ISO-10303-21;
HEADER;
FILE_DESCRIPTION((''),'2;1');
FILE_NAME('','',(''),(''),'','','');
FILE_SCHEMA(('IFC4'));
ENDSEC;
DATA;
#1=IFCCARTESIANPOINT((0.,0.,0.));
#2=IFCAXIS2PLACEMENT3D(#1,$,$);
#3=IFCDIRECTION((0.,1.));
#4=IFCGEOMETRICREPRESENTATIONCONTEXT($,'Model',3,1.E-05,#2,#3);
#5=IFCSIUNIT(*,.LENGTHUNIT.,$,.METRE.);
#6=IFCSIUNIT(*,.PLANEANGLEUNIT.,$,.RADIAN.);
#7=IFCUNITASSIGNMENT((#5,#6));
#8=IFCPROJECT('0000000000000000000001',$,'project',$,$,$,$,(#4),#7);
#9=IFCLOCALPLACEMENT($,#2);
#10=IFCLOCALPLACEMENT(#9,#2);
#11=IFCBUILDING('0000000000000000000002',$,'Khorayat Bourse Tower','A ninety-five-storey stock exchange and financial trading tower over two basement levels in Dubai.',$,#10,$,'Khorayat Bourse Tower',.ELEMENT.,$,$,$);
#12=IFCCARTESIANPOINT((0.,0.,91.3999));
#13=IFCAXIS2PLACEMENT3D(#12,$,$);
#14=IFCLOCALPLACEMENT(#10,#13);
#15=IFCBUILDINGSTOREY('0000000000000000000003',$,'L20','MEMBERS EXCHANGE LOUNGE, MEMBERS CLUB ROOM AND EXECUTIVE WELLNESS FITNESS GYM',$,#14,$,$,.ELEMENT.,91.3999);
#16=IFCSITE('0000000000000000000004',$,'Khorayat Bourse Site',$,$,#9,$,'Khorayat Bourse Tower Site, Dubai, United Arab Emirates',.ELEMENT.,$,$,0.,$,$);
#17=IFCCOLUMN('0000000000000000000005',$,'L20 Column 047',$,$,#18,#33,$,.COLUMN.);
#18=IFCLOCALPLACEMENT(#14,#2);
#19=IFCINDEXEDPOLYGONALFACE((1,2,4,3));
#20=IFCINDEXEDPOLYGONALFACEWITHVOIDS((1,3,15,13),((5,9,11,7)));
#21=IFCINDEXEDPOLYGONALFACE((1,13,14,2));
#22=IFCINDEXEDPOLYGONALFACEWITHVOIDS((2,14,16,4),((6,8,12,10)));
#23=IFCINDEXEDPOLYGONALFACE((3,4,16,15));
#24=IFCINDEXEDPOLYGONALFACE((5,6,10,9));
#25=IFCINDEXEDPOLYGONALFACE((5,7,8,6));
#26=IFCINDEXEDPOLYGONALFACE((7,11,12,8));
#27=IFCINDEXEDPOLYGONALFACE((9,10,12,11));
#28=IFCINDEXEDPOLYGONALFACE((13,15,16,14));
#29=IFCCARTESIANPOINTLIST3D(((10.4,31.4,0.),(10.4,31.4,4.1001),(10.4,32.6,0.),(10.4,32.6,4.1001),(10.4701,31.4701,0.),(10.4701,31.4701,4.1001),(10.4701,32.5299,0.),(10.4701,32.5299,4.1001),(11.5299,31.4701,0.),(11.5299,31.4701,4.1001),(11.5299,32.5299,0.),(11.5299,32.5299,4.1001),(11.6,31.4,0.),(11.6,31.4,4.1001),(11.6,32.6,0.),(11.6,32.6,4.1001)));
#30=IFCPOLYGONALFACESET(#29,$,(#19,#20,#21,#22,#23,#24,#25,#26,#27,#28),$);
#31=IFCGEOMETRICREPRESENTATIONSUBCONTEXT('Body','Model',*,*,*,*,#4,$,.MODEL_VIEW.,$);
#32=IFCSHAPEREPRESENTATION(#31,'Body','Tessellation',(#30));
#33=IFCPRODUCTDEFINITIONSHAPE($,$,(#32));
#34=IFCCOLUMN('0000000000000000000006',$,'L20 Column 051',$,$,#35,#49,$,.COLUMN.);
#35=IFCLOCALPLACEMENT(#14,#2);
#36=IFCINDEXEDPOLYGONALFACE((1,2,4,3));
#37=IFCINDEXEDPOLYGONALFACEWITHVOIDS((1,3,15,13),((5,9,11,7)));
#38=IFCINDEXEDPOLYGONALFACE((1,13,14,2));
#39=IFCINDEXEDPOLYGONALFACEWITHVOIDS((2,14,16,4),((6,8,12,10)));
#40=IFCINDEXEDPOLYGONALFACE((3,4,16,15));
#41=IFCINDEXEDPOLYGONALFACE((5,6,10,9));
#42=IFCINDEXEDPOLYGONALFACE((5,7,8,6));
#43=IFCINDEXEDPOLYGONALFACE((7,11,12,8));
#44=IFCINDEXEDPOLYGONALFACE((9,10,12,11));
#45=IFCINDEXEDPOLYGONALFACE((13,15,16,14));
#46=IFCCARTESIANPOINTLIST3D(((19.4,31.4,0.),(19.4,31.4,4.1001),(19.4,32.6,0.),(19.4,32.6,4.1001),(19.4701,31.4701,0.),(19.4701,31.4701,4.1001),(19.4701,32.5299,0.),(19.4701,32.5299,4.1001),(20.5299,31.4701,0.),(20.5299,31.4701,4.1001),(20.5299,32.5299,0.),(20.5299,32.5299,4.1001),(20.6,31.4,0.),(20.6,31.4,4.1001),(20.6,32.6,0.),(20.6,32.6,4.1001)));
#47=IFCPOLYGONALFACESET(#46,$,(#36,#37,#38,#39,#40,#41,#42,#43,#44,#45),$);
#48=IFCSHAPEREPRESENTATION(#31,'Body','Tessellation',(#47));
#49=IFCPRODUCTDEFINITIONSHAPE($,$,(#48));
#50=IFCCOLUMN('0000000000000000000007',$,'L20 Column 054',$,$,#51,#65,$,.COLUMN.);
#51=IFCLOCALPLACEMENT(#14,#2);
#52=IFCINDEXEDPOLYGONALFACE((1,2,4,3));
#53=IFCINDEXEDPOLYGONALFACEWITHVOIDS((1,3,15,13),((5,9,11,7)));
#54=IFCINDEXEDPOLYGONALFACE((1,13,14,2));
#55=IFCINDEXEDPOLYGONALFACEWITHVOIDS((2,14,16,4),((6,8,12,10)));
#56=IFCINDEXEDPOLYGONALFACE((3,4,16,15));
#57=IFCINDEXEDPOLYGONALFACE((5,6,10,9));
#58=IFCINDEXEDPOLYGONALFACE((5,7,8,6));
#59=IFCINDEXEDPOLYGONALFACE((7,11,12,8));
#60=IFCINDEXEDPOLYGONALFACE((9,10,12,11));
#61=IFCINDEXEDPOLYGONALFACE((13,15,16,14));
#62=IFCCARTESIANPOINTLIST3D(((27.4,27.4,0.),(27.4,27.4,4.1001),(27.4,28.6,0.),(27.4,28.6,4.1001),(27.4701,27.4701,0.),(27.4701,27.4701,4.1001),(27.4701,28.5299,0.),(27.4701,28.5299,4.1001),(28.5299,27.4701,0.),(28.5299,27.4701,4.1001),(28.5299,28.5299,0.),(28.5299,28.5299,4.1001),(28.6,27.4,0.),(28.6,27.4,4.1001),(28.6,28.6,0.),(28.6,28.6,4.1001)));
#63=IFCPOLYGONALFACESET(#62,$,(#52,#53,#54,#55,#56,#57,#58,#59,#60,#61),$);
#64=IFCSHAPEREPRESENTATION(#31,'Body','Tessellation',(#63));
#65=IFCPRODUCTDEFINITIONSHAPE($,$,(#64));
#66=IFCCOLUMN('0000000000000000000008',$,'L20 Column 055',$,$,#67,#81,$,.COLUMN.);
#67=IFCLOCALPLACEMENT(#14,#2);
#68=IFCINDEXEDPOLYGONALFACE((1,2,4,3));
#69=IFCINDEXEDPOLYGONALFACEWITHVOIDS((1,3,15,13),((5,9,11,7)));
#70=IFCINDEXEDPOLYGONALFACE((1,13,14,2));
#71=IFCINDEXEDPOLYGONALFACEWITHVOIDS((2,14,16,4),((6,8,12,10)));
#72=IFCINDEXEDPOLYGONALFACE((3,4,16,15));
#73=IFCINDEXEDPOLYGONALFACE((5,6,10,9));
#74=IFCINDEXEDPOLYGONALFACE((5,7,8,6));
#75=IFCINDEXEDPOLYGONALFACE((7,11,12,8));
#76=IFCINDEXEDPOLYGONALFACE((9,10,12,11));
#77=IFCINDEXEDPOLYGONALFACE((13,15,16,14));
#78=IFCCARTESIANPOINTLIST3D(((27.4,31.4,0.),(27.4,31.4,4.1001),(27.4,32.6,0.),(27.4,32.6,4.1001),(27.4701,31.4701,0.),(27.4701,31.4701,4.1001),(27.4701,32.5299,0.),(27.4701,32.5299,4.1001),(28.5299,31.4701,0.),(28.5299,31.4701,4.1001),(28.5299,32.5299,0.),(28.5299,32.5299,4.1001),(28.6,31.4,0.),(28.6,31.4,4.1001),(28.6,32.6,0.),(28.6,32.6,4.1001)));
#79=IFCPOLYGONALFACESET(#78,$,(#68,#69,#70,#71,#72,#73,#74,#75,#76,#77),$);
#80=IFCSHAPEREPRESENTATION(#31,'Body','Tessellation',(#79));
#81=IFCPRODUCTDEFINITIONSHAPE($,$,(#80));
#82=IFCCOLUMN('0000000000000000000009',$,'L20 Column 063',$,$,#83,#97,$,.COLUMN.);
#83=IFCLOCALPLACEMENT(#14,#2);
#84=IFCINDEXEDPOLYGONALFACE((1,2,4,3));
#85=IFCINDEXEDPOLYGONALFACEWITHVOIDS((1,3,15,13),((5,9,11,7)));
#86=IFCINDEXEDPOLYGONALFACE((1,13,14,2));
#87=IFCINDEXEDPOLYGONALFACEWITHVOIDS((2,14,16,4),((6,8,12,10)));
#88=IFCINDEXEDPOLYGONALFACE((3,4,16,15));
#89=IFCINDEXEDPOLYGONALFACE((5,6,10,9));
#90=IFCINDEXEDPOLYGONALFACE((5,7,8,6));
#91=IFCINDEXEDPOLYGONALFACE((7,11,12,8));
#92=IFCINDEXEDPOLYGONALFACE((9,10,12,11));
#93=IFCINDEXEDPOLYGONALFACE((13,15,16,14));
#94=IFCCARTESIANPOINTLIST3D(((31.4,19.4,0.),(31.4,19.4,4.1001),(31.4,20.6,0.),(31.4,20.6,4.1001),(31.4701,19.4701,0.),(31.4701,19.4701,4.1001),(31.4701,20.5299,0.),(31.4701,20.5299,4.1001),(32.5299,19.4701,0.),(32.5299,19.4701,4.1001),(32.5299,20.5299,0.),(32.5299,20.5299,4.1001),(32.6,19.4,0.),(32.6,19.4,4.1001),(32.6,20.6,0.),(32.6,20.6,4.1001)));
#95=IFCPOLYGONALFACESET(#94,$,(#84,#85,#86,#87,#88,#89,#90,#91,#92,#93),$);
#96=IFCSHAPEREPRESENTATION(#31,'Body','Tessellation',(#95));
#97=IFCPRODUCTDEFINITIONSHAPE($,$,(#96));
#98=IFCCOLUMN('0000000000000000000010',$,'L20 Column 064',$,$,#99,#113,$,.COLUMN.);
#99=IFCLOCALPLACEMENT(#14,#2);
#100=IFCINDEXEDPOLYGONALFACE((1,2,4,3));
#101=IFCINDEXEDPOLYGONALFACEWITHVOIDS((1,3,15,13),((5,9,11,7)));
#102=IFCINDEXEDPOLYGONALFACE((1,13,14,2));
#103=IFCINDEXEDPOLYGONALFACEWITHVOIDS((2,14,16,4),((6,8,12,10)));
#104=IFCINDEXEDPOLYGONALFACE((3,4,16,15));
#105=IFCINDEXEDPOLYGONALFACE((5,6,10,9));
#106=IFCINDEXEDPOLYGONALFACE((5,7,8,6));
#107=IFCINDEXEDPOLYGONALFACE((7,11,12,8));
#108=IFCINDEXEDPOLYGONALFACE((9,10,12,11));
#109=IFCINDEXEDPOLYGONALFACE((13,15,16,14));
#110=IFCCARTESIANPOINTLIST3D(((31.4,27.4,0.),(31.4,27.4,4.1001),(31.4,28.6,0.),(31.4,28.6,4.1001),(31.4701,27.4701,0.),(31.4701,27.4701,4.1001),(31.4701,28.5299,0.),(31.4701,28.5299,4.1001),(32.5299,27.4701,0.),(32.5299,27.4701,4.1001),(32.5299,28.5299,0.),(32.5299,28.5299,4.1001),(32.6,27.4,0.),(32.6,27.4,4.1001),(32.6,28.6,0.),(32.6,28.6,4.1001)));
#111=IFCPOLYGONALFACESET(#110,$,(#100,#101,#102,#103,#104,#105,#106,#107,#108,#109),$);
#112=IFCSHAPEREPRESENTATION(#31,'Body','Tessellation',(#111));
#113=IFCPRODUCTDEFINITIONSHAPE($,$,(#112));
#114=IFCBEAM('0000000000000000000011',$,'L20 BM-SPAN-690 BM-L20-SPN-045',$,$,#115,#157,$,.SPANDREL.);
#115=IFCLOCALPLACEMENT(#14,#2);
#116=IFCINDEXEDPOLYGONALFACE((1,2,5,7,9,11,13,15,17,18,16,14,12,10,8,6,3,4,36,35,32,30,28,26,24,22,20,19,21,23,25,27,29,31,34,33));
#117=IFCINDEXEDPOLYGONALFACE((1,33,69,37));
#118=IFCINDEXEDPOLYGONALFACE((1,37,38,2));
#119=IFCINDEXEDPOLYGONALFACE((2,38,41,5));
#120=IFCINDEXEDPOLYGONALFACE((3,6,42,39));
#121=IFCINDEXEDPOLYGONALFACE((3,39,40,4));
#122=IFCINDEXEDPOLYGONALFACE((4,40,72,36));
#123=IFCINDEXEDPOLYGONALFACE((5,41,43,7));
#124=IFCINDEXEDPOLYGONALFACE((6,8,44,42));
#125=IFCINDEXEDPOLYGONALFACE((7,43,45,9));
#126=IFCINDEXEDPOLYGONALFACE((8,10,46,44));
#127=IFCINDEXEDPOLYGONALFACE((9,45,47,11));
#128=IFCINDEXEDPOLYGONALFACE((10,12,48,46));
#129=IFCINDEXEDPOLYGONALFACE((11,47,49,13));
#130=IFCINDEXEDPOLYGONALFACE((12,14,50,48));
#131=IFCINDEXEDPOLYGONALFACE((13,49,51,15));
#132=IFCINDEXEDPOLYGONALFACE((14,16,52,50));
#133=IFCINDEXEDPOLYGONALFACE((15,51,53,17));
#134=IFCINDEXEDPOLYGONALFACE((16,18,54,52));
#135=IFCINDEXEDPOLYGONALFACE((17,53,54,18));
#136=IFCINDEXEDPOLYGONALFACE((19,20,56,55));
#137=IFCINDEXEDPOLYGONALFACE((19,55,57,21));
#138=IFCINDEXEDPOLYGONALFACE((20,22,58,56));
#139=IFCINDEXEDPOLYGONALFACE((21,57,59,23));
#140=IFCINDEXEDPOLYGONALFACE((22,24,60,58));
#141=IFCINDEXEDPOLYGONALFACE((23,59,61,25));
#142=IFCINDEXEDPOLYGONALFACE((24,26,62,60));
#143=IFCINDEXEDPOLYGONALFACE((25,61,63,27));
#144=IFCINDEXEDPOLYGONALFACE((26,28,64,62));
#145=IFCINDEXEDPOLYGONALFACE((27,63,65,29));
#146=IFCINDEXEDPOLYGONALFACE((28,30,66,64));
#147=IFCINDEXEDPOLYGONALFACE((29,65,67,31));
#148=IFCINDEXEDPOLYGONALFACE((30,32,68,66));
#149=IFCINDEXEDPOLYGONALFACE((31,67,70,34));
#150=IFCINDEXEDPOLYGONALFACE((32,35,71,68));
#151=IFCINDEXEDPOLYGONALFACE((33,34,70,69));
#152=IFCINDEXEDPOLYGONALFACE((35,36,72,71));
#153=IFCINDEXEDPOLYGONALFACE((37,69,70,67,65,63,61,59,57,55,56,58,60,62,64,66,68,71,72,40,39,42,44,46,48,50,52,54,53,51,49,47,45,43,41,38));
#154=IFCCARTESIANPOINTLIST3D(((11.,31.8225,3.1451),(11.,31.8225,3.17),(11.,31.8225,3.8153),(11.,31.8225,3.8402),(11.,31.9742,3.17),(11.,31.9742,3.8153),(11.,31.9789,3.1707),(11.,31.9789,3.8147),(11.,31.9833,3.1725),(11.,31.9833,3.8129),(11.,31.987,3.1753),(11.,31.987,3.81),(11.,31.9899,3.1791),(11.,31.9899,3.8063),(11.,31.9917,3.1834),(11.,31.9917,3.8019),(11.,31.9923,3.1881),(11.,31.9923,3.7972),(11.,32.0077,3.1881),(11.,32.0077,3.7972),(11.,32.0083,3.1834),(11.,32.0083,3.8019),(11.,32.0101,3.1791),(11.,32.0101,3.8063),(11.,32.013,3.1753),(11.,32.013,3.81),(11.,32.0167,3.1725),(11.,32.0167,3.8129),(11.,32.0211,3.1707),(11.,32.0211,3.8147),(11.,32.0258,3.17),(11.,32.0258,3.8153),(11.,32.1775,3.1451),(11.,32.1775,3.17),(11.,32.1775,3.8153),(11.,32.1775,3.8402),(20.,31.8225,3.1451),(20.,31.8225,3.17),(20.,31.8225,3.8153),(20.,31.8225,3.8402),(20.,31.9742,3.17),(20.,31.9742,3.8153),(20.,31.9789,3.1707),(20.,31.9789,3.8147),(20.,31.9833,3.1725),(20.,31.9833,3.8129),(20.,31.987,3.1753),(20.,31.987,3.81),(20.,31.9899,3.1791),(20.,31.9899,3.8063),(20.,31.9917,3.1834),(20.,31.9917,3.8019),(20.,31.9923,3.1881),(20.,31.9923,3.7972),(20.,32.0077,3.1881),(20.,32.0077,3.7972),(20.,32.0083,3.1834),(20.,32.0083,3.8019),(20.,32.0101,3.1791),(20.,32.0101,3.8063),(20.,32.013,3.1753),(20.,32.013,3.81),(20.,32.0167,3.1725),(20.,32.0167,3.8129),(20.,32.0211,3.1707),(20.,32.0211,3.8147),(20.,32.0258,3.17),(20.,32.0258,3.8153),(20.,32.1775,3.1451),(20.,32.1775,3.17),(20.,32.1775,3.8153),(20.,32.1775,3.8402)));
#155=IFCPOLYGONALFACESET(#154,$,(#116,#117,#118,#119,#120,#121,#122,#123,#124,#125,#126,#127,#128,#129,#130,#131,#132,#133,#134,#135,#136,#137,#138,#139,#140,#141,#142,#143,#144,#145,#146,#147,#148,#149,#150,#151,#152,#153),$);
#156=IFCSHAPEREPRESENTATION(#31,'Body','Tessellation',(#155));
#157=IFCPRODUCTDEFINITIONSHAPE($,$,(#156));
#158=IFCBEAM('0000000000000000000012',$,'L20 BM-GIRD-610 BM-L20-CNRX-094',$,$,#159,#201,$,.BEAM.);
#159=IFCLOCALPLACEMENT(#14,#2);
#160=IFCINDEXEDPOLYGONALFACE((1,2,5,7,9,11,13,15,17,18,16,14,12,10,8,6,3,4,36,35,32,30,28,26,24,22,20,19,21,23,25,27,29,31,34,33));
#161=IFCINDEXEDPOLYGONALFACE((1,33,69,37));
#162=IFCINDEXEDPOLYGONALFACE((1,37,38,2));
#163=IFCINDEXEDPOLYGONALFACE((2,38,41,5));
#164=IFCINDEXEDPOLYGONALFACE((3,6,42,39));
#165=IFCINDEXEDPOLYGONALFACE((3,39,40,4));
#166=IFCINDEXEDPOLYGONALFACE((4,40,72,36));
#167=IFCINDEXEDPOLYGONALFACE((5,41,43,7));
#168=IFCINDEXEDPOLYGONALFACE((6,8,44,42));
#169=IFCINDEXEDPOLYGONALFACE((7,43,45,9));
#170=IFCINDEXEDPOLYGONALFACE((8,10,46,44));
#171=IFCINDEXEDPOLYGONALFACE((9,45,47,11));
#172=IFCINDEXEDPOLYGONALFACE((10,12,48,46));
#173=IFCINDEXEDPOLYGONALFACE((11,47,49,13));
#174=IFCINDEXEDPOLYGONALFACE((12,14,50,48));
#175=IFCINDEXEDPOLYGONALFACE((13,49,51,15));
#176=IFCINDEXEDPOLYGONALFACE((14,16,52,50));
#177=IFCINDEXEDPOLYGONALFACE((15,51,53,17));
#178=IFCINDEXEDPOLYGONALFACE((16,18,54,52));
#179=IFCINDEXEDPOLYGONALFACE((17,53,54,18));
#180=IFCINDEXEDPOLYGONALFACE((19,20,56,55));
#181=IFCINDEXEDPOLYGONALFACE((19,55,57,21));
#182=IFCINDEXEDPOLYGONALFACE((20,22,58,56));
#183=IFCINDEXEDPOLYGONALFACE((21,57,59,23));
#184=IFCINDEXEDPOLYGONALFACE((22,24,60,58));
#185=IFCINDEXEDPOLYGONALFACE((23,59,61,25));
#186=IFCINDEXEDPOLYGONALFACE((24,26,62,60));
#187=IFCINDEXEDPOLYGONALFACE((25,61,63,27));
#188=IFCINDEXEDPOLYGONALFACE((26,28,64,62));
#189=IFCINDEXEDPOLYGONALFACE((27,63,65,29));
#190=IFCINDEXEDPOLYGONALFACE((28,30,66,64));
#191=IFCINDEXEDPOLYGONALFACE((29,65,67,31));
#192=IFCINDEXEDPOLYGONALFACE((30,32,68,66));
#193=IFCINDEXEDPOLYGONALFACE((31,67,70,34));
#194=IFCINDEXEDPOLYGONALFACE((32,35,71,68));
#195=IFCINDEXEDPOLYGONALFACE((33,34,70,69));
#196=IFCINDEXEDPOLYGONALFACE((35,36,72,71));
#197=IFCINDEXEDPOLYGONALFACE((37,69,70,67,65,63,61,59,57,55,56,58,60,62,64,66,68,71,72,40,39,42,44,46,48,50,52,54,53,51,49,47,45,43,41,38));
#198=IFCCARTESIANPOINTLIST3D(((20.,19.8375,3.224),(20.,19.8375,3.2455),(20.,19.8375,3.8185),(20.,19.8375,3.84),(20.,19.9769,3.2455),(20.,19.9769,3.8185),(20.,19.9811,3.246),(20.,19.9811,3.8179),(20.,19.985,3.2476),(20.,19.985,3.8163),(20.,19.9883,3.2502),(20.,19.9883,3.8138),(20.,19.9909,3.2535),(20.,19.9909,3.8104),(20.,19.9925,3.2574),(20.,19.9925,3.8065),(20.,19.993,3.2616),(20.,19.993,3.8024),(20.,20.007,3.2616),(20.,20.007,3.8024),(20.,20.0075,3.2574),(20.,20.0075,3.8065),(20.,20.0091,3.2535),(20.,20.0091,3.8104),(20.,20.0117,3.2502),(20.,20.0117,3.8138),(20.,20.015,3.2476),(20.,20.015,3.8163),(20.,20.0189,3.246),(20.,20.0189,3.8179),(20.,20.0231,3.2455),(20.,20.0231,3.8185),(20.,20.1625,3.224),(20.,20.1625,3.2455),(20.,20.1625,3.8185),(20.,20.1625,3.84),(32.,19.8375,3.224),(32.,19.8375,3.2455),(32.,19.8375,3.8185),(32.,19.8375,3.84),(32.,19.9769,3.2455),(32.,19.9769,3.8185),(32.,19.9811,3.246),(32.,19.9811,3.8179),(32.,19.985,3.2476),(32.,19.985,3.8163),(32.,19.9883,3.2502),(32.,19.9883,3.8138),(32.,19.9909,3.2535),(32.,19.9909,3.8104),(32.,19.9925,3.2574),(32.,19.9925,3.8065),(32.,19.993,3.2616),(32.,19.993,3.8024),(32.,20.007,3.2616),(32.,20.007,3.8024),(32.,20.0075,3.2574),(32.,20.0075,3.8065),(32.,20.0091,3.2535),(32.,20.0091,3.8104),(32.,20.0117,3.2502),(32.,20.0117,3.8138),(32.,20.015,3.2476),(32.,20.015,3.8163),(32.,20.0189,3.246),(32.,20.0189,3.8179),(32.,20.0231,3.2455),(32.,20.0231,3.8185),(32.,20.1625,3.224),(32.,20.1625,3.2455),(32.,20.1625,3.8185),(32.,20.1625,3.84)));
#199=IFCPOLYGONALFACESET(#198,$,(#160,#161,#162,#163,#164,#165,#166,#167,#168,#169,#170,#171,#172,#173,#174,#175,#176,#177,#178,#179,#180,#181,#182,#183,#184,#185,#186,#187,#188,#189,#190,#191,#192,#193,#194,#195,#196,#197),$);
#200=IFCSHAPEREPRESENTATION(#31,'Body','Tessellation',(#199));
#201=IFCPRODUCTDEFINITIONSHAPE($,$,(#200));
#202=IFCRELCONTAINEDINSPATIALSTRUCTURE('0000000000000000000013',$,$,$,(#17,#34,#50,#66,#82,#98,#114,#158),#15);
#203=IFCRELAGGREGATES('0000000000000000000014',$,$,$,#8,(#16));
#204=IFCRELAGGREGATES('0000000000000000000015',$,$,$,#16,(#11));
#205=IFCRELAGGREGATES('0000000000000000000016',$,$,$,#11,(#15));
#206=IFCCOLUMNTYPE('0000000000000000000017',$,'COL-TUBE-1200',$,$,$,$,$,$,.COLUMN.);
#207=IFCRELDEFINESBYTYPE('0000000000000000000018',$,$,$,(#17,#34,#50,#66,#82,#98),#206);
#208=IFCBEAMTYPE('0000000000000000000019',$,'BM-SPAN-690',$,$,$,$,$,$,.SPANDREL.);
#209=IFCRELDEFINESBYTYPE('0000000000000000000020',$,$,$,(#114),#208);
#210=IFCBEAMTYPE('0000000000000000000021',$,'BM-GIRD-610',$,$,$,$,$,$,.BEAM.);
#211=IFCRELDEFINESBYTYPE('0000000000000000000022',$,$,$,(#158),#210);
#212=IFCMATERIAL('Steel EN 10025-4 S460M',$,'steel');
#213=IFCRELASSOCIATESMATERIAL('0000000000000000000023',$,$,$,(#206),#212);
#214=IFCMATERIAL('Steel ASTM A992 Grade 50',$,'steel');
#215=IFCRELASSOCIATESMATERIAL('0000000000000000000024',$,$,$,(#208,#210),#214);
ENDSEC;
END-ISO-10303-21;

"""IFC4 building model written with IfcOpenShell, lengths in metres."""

from ifc_helpers import new_model, si_unit, direction, frame, origin, origin_2d, place, context, subcontext, project, spatial, hollow_rectangle, i_section, extrude, source, transform, mapped, material, material_profile, profile_set, type_object, element, save


model = new_model("IFC4")

# Units and contexts
model_context = context("Model", 3, precision=1e-05, world=origin(), true_north=direction((0.0, 1.0)))
body_context = subcontext(model_context, "Body", "Model", "MODEL_VIEW")
ifc_project = project(units=[si_unit("LENGTHUNIT", "METRE"), si_unit("PLANEANGLEUNIT", "RADIAN")], contexts=[model_context])

# Site, building, storey
site_placement = place(None, origin())
site = spatial("IfcSite", under=ifc_project, at=site_placement, Name="Khorayat Bourse Site", LongName="Khorayat Bourse Tower Site, Dubai, United Arab Emirates", CompositionType="ELEMENT", RefElevation=0.0)
building_placement = place(site_placement, origin())
building = spatial("IfcBuilding", under=site, at=building_placement, Name="Khorayat Bourse Tower", Description="A ninety-five-storey stock exchange and financial trading tower over two basement levels in Dubai.", LongName="Khorayat Bourse Tower", CompositionType="ELEMENT")
storey_placement = place(building_placement, frame((0.0, 0.0, 91.3999)))
storey = spatial("IfcBuildingStorey", under=building, at=storey_placement, Name="L20", Description="MEMBERS EXCHANGE LOUNGE, MEMBERS CLUB ROOM AND EXECUTIVE WELLNESS FITNESS GYM", CompositionType="ELEMENT", Elevation=91.3999)

# Columns
ifc_material_1 = material(Name="Steel EN 10025-4 S460M", Category="steel")
ifc_material_profile_1 = material_profile(ifc_material_1, hollow_rectangle(XDim=1.2, YDim=1.2, WallThickness=0.0701, at=origin_2d()), Name="BOX 1200x1200x70")
ifc_profile_set_1 = profile_set([ifc_material_profile_1], Name="Steel EN 10025-4 S460M")
column_type = type_object("IfcColumnType", Name="COL-TUBE-1200", PredefinedType="COLUMN", material=ifc_profile_set_1)
shared_shape_1 = source(origin(), body_context, "Body", "SweptSolid", [
    extrude(hollow_rectangle(XDim=1.2, YDim=1.2, WallThickness=0.0701, at=origin_2d()), origin(), (0.0, 0.0, 1.0), 4.1001),
])
for number, where, z_axis, x_axis, name in (
    (1, (11.0, 32.0, 0.0), (0.0, 0.0, 1.0), (1.0, 0.0, 0.0), "L20 Column 047"),
    (2, (20.0, 32.0, 0.0), (0.0, 0.0, 1.0), (1.0, 0.0, 0.0), "L20 Column 051"),
    (3, (28.0, 28.0, 0.0), (0.0, 0.0, 1.0), (1.0, 0.0, 0.0), "L20 Column 054"),
    (4, (28.0, 32.0, 0.0), (0.0, 0.0, 1.0), (1.0, 0.0, 0.0), "L20 Column 055"),
    (5, (32.0, 20.0, 0.0), (0.0, 0.0, 1.0), (1.0, 0.0, 0.0), "L20 Column 063"),
    (6, (32.0, 28.0, 0.0), (0.0, 0.0, 1.0), (1.0, 0.0, 0.0), "L20 Column 064"),
):
    element("IfcColumn", number, at=place(storey_placement, frame(where, z_axis=z_axis, x_axis=x_axis)), inside=storey, type_object=column_type, Name=name, PredefinedType="COLUMN", context=body_context, shape_type="MappedRepresentation", body=[
        mapped(shared_shape_1, transform((0.0, 0.0, 0.0), scale=1.0)),
    ])

# Beams
ifc_material_2 = material(Name="Steel ASTM A992 Grade 50", Category="steel")
ifc_material_profile_2 = material_profile(ifc_material_2, i_section(OverallWidth=0.355, OverallDepth=0.6951, WebThickness=0.0154, FlangeThickness=0.0249, FilletRadius=0.0181, at=origin_2d()), Name="W690X217")
ifc_profile_set_2 = profile_set([ifc_material_profile_2], Name="Steel ASTM A992 Grade 50")
beam_type_1 = type_object("IfcBeamType", Name="BM-SPAN-690", PredefinedType="SPANDREL", material=ifc_profile_set_2)
shared_shape_2 = source(origin(), body_context, "Body", "SweptSolid", [
    extrude(i_section(OverallWidth=0.355, OverallDepth=0.6951, WebThickness=0.0154, FlangeThickness=0.0249, FilletRadius=0.0181, at=origin_2d()), origin(), (0.0, 0.0, 1.0), 9.0),
])
beam_1_placement = place(storey_placement, frame((11.0, 32.0, 3.4927), z_axis=(1.0, 0.0, 0.0), x_axis=(0.0, 1.0, 0.0)))
element("IfcBeam", 7, at=beam_1_placement, inside=storey, type_object=beam_type_1, Name="L20 BM-SPAN-690 BM-L20-SPN-045", PredefinedType="SPANDREL", context=body_context, shape_type="MappedRepresentation", body=[
    mapped(shared_shape_2, transform((0.0, 0.0, 0.0), scale=1.0)),
])
ifc_material_profile_3 = material_profile(ifc_material_2, i_section(OverallWidth=0.325, OverallDepth=0.616, WebThickness=0.0139, FlangeThickness=0.0215, FilletRadius=0.0161, at=origin_2d()), Name="W610X174")
ifc_profile_set_3 = profile_set([ifc_material_profile_3], Name="Steel ASTM A992 Grade 50")
beam_type_2 = type_object("IfcBeamType", Name="BM-GIRD-610", PredefinedType="BEAM", material=ifc_profile_set_3)
shared_shape_3 = source(origin(), body_context, "Body", "SweptSolid", [
    extrude(i_section(OverallWidth=0.325, OverallDepth=0.616, WebThickness=0.0139, FlangeThickness=0.0215, FilletRadius=0.0161, at=origin_2d()), origin(), (0.0, 0.0, 1.0), 12.0),
])
beam_2_placement = place(storey_placement, frame((20.0, 20.0, 3.532), z_axis=(1.0, 0.0, 0.0), x_axis=(0.0, 1.0, 0.0)))
element("IfcBeam", 8, at=beam_2_placement, inside=storey, type_object=beam_type_2, Name="L20 BM-GIRD-610 BM-L20-CNRX-094", PredefinedType="BEAM", context=body_context, shape_type="MappedRepresentation", body=[
    mapped(shared_shape_3, transform((0.0, 0.0, 0.0), scale=1.0)),
])

save(model, "model.ifc")
